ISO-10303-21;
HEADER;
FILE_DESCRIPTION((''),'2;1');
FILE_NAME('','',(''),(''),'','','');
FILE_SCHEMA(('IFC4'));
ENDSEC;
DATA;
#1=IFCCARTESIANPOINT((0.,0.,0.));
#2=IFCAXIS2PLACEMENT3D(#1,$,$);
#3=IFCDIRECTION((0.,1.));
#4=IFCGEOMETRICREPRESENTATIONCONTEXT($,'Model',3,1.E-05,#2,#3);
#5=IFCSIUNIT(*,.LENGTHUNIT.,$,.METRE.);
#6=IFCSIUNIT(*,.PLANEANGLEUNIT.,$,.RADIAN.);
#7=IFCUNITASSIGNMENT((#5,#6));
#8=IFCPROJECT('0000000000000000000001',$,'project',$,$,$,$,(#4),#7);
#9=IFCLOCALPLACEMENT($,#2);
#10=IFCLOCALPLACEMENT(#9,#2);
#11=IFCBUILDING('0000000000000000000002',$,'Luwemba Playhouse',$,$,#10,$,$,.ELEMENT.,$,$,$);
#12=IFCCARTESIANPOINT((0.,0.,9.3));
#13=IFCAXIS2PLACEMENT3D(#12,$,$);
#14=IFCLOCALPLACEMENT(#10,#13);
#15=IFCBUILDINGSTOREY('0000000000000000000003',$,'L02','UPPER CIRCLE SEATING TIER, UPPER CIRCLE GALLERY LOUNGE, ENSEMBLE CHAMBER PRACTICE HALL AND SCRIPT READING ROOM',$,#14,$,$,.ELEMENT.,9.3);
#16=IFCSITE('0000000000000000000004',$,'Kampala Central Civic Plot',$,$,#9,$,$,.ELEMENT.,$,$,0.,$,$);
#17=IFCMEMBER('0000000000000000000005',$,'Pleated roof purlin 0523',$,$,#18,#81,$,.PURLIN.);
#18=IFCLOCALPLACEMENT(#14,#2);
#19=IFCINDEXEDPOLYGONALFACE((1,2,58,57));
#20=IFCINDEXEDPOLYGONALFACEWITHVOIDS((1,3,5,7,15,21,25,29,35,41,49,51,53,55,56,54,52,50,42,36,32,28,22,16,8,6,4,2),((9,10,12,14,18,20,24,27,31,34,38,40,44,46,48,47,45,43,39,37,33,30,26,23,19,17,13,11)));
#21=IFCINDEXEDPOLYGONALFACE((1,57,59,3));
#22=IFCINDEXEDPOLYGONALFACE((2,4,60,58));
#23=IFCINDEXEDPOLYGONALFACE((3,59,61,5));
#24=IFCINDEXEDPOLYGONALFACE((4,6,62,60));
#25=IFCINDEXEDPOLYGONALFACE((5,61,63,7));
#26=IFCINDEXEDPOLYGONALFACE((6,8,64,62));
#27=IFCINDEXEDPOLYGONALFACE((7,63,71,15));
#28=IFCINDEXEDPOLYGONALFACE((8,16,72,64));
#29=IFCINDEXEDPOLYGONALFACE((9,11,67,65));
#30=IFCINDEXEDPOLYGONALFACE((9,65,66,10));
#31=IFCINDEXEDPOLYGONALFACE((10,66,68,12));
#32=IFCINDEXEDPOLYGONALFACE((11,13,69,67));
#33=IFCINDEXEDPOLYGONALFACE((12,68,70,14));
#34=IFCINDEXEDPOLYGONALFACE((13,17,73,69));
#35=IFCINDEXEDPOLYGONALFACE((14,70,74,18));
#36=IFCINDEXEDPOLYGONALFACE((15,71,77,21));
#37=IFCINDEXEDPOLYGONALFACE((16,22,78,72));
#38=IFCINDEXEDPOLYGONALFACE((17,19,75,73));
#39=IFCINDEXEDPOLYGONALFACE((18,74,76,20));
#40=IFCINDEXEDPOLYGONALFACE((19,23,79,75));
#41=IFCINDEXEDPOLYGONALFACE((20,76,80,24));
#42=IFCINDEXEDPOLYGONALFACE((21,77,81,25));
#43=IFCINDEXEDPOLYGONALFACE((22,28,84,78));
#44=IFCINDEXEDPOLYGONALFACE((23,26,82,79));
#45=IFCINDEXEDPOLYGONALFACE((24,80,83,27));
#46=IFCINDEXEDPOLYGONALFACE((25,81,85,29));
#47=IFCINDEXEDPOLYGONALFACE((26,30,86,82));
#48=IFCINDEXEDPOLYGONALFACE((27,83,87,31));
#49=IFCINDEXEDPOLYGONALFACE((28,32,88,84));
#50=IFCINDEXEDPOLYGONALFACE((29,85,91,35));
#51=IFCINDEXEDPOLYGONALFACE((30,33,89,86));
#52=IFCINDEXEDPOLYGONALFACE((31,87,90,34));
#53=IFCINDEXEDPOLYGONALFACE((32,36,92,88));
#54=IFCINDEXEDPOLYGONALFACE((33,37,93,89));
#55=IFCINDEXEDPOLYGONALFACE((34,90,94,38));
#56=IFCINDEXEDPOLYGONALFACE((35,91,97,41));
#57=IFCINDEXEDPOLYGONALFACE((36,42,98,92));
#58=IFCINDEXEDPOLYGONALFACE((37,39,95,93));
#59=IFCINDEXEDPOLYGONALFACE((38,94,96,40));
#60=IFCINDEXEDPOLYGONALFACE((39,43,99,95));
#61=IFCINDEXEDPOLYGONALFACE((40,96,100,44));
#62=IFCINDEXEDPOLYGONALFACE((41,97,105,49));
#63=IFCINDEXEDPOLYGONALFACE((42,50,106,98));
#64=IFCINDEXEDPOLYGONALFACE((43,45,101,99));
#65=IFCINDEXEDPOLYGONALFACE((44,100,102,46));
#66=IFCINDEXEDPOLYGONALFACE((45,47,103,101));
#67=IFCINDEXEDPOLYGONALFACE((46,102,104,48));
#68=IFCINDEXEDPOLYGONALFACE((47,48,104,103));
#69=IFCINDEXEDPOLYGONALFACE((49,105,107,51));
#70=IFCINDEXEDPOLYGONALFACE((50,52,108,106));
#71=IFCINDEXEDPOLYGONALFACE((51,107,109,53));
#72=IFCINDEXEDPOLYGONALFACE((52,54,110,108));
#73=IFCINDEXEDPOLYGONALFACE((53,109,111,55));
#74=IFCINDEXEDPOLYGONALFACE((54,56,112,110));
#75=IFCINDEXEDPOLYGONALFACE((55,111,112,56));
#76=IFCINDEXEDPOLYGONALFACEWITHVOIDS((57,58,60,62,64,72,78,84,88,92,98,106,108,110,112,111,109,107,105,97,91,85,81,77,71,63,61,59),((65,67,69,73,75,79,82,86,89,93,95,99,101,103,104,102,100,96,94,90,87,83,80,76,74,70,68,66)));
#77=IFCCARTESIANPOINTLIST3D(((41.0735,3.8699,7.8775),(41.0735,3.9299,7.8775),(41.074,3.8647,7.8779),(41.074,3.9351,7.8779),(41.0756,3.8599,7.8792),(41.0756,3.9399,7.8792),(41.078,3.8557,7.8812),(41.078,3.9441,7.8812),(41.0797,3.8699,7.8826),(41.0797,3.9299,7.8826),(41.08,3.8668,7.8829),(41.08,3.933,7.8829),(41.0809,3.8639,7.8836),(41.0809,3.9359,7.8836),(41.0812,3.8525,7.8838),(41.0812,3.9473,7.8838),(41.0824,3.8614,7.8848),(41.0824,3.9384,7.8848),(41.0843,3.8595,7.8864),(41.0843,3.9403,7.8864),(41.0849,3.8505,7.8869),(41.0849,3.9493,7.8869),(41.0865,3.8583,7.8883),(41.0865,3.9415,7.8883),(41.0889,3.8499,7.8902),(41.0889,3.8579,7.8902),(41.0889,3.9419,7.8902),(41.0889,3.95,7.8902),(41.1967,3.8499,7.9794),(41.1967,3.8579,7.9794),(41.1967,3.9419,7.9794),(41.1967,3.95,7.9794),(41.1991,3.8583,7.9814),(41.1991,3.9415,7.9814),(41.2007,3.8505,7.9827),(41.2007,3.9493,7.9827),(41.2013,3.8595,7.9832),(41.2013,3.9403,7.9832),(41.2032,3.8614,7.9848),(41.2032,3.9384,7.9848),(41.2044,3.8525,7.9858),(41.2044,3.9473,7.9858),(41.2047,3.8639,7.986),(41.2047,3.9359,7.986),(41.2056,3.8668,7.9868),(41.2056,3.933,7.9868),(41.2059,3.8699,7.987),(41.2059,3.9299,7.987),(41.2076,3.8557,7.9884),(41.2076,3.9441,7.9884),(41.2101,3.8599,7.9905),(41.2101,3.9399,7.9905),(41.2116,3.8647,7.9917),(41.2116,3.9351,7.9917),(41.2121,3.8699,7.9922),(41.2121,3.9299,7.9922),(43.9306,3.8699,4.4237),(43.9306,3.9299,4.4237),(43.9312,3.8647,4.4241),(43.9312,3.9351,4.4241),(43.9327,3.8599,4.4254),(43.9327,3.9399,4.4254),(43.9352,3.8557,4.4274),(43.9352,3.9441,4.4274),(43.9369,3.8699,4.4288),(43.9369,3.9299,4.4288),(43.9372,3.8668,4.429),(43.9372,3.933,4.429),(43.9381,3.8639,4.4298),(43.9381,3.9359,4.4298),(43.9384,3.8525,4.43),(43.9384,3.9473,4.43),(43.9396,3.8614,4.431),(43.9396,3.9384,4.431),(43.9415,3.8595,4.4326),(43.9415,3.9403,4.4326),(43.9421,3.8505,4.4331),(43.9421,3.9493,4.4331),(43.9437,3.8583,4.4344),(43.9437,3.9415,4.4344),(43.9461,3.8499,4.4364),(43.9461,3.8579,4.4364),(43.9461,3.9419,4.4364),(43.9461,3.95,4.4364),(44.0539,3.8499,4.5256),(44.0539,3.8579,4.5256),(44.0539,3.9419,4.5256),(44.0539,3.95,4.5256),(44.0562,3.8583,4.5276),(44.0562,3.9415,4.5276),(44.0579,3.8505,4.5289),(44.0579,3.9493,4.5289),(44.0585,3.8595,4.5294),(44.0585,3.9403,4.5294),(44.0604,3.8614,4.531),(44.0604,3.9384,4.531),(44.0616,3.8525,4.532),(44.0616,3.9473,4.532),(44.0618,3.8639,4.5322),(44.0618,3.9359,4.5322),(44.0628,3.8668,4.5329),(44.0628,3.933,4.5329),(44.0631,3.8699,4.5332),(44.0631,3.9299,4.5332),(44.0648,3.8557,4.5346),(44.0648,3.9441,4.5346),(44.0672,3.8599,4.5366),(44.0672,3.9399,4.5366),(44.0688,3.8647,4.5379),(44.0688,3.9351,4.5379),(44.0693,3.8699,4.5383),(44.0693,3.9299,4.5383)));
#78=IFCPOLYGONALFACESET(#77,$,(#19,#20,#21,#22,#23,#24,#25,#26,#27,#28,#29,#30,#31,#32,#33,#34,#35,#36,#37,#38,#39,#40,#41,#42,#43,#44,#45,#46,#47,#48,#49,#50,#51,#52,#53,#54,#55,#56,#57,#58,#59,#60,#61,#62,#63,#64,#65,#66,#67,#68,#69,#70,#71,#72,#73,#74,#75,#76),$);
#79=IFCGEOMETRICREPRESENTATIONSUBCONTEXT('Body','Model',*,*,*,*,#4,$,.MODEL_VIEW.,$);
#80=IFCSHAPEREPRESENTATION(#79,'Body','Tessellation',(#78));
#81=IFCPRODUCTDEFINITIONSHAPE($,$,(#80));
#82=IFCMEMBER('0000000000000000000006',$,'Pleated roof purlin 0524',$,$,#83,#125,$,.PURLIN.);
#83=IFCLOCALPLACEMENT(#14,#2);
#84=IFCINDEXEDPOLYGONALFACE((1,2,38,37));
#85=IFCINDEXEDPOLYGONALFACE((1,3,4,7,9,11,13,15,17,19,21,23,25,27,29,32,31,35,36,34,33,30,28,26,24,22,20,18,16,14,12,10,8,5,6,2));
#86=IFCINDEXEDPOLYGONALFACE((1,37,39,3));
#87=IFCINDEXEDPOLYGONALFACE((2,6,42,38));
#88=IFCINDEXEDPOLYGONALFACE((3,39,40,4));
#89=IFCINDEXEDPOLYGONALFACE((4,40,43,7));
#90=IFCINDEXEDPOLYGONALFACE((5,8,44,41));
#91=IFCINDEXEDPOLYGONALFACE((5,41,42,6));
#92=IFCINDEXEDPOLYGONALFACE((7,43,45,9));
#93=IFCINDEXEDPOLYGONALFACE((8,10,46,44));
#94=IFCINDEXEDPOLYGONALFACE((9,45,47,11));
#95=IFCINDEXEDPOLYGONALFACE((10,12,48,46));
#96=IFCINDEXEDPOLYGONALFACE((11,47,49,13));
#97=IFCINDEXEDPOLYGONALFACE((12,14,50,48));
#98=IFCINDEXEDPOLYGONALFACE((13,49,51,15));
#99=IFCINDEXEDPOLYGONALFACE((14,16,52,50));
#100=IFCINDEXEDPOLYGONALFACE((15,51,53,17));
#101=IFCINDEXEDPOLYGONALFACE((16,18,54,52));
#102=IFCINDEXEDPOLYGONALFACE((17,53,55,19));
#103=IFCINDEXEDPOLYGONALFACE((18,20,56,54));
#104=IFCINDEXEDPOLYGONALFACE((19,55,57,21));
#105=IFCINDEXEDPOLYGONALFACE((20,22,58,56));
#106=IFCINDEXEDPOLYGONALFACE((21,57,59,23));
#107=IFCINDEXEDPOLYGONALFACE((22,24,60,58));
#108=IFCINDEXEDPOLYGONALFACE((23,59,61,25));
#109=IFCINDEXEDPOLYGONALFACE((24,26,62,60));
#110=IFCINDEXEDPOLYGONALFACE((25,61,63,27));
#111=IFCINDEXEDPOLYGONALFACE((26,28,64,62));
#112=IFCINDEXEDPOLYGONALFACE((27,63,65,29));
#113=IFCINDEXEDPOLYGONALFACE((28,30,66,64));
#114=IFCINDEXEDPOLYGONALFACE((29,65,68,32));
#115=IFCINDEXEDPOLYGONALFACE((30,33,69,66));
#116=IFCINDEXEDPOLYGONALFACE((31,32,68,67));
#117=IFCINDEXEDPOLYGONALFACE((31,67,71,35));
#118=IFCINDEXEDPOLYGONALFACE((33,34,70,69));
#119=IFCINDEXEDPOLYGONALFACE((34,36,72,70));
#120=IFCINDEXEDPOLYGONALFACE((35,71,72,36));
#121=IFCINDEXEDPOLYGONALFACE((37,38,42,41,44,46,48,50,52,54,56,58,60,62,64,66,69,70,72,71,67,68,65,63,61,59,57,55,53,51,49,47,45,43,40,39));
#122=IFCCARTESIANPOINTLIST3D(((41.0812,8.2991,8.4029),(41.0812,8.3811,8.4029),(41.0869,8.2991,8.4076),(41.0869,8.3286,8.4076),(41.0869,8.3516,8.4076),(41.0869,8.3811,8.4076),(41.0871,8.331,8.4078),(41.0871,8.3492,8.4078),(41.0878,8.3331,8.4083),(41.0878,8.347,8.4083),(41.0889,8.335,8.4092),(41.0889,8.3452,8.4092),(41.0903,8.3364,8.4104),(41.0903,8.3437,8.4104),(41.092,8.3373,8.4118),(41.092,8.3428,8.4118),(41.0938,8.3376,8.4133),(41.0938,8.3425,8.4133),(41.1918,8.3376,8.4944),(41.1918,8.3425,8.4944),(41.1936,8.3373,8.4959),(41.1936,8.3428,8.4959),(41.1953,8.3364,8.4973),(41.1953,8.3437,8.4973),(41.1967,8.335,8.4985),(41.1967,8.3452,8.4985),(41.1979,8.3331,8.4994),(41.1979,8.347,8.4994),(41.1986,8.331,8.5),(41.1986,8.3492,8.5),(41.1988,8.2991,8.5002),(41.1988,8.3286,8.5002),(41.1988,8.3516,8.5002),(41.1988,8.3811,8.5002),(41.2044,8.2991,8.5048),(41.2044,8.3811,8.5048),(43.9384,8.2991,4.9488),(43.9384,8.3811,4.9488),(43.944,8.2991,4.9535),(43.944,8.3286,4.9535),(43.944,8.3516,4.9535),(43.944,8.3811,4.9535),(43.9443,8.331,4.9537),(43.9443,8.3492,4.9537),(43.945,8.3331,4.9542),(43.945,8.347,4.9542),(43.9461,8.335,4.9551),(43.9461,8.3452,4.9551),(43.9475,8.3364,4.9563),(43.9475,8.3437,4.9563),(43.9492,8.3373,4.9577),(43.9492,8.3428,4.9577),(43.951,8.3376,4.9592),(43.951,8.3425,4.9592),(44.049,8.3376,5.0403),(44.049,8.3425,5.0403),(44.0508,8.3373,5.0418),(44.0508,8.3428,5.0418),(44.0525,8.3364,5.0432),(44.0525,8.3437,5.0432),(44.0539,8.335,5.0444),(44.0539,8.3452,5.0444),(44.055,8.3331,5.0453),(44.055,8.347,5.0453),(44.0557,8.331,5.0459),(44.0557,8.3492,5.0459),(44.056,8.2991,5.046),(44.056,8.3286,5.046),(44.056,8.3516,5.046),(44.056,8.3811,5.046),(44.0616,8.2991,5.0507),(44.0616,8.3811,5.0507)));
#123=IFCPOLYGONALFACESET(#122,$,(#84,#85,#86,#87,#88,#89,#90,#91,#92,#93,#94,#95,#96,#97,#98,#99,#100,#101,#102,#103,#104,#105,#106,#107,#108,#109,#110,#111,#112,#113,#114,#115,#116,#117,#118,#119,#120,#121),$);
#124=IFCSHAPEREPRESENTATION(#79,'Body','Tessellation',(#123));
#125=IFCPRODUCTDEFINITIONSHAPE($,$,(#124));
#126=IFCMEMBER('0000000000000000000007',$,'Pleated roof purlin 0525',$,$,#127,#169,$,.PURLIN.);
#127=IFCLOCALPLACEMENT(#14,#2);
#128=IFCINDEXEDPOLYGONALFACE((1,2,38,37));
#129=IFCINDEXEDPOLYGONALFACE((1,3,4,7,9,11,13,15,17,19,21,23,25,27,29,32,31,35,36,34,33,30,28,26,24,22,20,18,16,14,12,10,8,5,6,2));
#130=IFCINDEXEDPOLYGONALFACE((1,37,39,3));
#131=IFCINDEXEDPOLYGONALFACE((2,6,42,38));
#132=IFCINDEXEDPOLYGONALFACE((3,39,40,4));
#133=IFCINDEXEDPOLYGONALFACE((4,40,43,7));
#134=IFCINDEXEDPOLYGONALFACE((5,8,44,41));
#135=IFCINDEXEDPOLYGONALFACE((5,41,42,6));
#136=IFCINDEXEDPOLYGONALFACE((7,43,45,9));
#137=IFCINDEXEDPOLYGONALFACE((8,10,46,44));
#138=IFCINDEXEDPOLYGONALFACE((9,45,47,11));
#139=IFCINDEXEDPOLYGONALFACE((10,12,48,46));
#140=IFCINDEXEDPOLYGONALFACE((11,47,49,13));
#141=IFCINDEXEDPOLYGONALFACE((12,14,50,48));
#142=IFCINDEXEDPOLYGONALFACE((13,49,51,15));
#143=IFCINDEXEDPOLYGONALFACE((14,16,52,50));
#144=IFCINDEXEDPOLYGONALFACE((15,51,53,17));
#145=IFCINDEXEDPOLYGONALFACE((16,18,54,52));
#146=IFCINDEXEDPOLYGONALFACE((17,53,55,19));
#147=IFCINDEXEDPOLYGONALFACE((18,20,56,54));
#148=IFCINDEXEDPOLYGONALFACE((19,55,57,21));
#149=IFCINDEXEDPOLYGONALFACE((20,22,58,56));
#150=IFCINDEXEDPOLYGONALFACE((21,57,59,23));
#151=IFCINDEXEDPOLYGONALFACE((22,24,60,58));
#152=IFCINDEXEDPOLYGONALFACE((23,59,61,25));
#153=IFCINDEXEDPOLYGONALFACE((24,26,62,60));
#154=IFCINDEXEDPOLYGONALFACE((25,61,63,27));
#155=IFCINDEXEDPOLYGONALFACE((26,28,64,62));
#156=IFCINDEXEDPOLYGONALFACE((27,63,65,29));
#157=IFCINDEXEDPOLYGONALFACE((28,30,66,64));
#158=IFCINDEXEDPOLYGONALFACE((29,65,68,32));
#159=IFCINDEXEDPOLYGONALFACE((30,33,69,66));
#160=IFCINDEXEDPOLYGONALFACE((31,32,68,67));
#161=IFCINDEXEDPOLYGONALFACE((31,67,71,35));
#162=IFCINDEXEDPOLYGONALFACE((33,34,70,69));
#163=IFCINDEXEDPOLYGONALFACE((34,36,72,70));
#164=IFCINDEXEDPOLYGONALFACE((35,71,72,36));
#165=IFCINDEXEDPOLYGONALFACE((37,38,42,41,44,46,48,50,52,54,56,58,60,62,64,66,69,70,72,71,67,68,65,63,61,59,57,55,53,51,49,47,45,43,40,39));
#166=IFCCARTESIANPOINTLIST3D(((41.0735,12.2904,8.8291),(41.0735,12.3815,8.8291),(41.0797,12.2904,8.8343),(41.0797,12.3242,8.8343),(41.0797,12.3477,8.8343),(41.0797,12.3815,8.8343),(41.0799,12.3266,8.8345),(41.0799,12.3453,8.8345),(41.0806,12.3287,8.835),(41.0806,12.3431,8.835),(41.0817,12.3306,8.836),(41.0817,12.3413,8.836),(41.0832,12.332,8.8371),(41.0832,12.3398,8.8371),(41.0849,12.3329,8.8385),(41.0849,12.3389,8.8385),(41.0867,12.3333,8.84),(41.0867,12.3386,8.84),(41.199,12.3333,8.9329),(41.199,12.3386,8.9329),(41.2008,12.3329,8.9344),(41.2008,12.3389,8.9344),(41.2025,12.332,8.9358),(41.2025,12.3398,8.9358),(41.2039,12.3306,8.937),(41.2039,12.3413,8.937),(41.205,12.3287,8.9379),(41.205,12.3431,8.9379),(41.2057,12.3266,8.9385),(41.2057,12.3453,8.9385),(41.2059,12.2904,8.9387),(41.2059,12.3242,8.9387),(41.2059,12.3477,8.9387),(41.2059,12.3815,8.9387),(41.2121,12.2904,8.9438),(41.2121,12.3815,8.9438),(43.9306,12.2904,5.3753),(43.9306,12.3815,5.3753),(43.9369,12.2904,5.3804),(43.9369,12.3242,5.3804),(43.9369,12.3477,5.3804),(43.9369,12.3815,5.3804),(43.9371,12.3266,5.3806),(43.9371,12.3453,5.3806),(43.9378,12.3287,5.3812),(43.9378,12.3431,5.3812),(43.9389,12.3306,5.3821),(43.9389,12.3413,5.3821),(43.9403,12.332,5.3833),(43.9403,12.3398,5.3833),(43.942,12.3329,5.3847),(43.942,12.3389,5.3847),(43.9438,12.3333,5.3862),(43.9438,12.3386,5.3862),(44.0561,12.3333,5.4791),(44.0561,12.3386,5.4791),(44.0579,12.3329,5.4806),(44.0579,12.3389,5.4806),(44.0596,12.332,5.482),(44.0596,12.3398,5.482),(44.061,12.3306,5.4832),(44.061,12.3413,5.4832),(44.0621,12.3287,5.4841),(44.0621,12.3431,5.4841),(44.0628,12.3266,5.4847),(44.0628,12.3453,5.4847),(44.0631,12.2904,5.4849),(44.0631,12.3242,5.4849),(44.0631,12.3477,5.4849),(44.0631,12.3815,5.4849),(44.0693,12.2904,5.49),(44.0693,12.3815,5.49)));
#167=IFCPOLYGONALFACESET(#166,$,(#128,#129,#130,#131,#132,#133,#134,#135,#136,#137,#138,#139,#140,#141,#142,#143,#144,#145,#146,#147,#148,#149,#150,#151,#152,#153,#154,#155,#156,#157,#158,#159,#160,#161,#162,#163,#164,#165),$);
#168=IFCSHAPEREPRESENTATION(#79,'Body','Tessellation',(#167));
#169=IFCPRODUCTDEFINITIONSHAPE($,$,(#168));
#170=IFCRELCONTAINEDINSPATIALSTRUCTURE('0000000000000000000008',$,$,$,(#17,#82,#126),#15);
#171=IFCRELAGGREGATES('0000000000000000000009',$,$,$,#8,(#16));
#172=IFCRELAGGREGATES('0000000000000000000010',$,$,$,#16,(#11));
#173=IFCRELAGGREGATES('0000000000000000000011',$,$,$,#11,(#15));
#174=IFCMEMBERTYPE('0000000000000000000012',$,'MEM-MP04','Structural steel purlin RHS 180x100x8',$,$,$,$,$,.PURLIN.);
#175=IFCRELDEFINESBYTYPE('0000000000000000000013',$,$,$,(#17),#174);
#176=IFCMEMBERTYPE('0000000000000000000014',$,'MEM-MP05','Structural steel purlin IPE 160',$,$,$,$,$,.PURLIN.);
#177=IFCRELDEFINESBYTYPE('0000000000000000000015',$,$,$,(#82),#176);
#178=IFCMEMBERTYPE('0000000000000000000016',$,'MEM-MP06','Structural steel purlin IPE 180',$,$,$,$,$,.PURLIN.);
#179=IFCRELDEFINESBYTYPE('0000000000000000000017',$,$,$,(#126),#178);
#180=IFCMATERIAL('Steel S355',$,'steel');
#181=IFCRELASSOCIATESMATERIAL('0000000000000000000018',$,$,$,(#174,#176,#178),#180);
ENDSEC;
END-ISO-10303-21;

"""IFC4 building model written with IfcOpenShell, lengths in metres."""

from ifc_helpers import new_model, si_unit, direction, frame, origin, origin_2d, place, context, subcontext, project, spatial, hollow_rectangle, i_section, extrude, material, material_profile, profile_set, type_object, element, save


model = new_model("IFC4")

# Units and contexts
model_context = context("Model", 3, precision=1e-05, world=origin(), true_north=direction((0.0, 1.0)))
body_context = subcontext(model_context, "Body", "Model", "MODEL_VIEW")
ifc_project = project(units=[si_unit("LENGTHUNIT", "METRE"), si_unit("PLANEANGLEUNIT", "RADIAN")], contexts=[model_context])

# Site, building, storey
site_placement = place(None, origin())
site = spatial("IfcSite", under=ifc_project, at=site_placement, Name="Kampala Central Civic Plot", CompositionType="ELEMENT", RefElevation=0.0)
building_placement = place(site_placement, origin())
building = spatial("IfcBuilding", under=site, at=building_placement, Name="Luwemba Playhouse", CompositionType="ELEMENT")
storey_placement = place(building_placement, frame((0.0, 0.0, 9.3)))
storey = spatial("IfcBuildingStorey", under=building, at=storey_placement, Name="L02", Description="UPPER CIRCLE SEATING TIER, UPPER CIRCLE GALLERY LOUNGE, ENSEMBLE CHAMBER PRACTICE HALL AND SCRIPT READING ROOM", CompositionType="ELEMENT", Elevation=9.3)

# Shared definitions
ifc_material_1 = material(Name="Steel S355", Category="steel")

# Members
ifc_material_profile_1 = material_profile(ifc_material_1, hollow_rectangle(XDim=0.1001, YDim=0.1799, WallThickness=0.0081, InnerFilletRadius=0.012, OuterFilletRadius=0.02, at=origin_2d()))
ifc_profile_set_1 = profile_set([ifc_material_profile_1], Name="Steel S355")
member_type_1 = type_object("IfcMemberType", Name="MEM-MP04", Description="Structural steel purlin RHS 180x100x8", PredefinedType="PURLIN", material=ifc_profile_set_1)
member_1_placement = place(storey_placement, frame((41.1428, 3.8999, 7.9348), z_axis=(0.637411, 0.0, -0.770524), x_axis=(0.0, 1.0, 0.0)))
element("IfcMember", 1, at=member_1_placement, inside=storey, type_object=member_type_1, Name="Pleated roof purlin 0523", PredefinedType="PURLIN", context=body_context, shape_type="SweptSolid", body=[
    extrude(hollow_rectangle(XDim=0.1001, YDim=0.1799, WallThickness=0.0081, InnerFilletRadius=0.012, OuterFilletRadius=0.02, at=origin_2d()), origin(), (0.0, 0.0, 1.0), 4.4824),
])
ifc_material_profile_2 = material_profile(ifc_material_1, i_section(OverallWidth=0.082, OverallDepth=0.1599, WebThickness=0.0049, FlangeThickness=0.0073, FilletRadius=0.009, at=origin_2d()))
ifc_profile_set_2 = profile_set([ifc_material_profile_2], Name="Steel S355")
member_type_2 = type_object("IfcMemberType", Name="MEM-MP05", Description="Structural steel purlin IPE 160", PredefinedType="PURLIN", material=ifc_profile_set_2)
member_2_placement = place(storey_placement, frame((41.1428, 8.3401, 8.4539), z_axis=(0.637384, 0.0, -0.770547), x_axis=(0.0, 1.0, 0.0)))
element("IfcMember", 2, at=member_2_placement, inside=storey, type_object=member_type_2, Name="Pleated roof purlin 0524", PredefinedType="PURLIN", context=body_context, shape_type="SweptSolid", body=[
    extrude(i_section(OverallWidth=0.082, OverallDepth=0.1599, WebThickness=0.0049, FlangeThickness=0.0073, FilletRadius=0.009, at=origin_2d()), origin(), (0.0, 0.0, 1.0), 4.4827),
])
ifc_material_profile_3 = material_profile(ifc_material_1, i_section(OverallWidth=0.0911, OverallDepth=0.1799, WebThickness=0.0054, FlangeThickness=0.0081, FilletRadius=0.009, at=origin_2d()))
ifc_profile_set_3 = profile_set([ifc_material_profile_3], Name="Steel S355")
member_type_3 = type_object("IfcMemberType", Name="MEM-MP06", Description="Structural steel purlin IPE 180", PredefinedType="PURLIN", material=ifc_profile_set_3)
member_3_placement = place(storey_placement, frame((41.1428, 12.3359, 8.8865), z_axis=(0.637411, 0.0, -0.770524), x_axis=(0.0, 1.0, 0.0)))
element("IfcMember", 3, at=member_3_placement, inside=storey, type_object=member_type_3, Name="Pleated roof purlin 0525", PredefinedType="PURLIN", context=body_context, shape_type="SweptSolid", body=[
    extrude(i_section(OverallWidth=0.0911, OverallDepth=0.1799, WebThickness=0.0054, FlangeThickness=0.0081, FilletRadius=0.009, at=origin_2d()), origin(), (0.0, 0.0, 1.0), 4.4824),
])

save(model, "model.ifc")
